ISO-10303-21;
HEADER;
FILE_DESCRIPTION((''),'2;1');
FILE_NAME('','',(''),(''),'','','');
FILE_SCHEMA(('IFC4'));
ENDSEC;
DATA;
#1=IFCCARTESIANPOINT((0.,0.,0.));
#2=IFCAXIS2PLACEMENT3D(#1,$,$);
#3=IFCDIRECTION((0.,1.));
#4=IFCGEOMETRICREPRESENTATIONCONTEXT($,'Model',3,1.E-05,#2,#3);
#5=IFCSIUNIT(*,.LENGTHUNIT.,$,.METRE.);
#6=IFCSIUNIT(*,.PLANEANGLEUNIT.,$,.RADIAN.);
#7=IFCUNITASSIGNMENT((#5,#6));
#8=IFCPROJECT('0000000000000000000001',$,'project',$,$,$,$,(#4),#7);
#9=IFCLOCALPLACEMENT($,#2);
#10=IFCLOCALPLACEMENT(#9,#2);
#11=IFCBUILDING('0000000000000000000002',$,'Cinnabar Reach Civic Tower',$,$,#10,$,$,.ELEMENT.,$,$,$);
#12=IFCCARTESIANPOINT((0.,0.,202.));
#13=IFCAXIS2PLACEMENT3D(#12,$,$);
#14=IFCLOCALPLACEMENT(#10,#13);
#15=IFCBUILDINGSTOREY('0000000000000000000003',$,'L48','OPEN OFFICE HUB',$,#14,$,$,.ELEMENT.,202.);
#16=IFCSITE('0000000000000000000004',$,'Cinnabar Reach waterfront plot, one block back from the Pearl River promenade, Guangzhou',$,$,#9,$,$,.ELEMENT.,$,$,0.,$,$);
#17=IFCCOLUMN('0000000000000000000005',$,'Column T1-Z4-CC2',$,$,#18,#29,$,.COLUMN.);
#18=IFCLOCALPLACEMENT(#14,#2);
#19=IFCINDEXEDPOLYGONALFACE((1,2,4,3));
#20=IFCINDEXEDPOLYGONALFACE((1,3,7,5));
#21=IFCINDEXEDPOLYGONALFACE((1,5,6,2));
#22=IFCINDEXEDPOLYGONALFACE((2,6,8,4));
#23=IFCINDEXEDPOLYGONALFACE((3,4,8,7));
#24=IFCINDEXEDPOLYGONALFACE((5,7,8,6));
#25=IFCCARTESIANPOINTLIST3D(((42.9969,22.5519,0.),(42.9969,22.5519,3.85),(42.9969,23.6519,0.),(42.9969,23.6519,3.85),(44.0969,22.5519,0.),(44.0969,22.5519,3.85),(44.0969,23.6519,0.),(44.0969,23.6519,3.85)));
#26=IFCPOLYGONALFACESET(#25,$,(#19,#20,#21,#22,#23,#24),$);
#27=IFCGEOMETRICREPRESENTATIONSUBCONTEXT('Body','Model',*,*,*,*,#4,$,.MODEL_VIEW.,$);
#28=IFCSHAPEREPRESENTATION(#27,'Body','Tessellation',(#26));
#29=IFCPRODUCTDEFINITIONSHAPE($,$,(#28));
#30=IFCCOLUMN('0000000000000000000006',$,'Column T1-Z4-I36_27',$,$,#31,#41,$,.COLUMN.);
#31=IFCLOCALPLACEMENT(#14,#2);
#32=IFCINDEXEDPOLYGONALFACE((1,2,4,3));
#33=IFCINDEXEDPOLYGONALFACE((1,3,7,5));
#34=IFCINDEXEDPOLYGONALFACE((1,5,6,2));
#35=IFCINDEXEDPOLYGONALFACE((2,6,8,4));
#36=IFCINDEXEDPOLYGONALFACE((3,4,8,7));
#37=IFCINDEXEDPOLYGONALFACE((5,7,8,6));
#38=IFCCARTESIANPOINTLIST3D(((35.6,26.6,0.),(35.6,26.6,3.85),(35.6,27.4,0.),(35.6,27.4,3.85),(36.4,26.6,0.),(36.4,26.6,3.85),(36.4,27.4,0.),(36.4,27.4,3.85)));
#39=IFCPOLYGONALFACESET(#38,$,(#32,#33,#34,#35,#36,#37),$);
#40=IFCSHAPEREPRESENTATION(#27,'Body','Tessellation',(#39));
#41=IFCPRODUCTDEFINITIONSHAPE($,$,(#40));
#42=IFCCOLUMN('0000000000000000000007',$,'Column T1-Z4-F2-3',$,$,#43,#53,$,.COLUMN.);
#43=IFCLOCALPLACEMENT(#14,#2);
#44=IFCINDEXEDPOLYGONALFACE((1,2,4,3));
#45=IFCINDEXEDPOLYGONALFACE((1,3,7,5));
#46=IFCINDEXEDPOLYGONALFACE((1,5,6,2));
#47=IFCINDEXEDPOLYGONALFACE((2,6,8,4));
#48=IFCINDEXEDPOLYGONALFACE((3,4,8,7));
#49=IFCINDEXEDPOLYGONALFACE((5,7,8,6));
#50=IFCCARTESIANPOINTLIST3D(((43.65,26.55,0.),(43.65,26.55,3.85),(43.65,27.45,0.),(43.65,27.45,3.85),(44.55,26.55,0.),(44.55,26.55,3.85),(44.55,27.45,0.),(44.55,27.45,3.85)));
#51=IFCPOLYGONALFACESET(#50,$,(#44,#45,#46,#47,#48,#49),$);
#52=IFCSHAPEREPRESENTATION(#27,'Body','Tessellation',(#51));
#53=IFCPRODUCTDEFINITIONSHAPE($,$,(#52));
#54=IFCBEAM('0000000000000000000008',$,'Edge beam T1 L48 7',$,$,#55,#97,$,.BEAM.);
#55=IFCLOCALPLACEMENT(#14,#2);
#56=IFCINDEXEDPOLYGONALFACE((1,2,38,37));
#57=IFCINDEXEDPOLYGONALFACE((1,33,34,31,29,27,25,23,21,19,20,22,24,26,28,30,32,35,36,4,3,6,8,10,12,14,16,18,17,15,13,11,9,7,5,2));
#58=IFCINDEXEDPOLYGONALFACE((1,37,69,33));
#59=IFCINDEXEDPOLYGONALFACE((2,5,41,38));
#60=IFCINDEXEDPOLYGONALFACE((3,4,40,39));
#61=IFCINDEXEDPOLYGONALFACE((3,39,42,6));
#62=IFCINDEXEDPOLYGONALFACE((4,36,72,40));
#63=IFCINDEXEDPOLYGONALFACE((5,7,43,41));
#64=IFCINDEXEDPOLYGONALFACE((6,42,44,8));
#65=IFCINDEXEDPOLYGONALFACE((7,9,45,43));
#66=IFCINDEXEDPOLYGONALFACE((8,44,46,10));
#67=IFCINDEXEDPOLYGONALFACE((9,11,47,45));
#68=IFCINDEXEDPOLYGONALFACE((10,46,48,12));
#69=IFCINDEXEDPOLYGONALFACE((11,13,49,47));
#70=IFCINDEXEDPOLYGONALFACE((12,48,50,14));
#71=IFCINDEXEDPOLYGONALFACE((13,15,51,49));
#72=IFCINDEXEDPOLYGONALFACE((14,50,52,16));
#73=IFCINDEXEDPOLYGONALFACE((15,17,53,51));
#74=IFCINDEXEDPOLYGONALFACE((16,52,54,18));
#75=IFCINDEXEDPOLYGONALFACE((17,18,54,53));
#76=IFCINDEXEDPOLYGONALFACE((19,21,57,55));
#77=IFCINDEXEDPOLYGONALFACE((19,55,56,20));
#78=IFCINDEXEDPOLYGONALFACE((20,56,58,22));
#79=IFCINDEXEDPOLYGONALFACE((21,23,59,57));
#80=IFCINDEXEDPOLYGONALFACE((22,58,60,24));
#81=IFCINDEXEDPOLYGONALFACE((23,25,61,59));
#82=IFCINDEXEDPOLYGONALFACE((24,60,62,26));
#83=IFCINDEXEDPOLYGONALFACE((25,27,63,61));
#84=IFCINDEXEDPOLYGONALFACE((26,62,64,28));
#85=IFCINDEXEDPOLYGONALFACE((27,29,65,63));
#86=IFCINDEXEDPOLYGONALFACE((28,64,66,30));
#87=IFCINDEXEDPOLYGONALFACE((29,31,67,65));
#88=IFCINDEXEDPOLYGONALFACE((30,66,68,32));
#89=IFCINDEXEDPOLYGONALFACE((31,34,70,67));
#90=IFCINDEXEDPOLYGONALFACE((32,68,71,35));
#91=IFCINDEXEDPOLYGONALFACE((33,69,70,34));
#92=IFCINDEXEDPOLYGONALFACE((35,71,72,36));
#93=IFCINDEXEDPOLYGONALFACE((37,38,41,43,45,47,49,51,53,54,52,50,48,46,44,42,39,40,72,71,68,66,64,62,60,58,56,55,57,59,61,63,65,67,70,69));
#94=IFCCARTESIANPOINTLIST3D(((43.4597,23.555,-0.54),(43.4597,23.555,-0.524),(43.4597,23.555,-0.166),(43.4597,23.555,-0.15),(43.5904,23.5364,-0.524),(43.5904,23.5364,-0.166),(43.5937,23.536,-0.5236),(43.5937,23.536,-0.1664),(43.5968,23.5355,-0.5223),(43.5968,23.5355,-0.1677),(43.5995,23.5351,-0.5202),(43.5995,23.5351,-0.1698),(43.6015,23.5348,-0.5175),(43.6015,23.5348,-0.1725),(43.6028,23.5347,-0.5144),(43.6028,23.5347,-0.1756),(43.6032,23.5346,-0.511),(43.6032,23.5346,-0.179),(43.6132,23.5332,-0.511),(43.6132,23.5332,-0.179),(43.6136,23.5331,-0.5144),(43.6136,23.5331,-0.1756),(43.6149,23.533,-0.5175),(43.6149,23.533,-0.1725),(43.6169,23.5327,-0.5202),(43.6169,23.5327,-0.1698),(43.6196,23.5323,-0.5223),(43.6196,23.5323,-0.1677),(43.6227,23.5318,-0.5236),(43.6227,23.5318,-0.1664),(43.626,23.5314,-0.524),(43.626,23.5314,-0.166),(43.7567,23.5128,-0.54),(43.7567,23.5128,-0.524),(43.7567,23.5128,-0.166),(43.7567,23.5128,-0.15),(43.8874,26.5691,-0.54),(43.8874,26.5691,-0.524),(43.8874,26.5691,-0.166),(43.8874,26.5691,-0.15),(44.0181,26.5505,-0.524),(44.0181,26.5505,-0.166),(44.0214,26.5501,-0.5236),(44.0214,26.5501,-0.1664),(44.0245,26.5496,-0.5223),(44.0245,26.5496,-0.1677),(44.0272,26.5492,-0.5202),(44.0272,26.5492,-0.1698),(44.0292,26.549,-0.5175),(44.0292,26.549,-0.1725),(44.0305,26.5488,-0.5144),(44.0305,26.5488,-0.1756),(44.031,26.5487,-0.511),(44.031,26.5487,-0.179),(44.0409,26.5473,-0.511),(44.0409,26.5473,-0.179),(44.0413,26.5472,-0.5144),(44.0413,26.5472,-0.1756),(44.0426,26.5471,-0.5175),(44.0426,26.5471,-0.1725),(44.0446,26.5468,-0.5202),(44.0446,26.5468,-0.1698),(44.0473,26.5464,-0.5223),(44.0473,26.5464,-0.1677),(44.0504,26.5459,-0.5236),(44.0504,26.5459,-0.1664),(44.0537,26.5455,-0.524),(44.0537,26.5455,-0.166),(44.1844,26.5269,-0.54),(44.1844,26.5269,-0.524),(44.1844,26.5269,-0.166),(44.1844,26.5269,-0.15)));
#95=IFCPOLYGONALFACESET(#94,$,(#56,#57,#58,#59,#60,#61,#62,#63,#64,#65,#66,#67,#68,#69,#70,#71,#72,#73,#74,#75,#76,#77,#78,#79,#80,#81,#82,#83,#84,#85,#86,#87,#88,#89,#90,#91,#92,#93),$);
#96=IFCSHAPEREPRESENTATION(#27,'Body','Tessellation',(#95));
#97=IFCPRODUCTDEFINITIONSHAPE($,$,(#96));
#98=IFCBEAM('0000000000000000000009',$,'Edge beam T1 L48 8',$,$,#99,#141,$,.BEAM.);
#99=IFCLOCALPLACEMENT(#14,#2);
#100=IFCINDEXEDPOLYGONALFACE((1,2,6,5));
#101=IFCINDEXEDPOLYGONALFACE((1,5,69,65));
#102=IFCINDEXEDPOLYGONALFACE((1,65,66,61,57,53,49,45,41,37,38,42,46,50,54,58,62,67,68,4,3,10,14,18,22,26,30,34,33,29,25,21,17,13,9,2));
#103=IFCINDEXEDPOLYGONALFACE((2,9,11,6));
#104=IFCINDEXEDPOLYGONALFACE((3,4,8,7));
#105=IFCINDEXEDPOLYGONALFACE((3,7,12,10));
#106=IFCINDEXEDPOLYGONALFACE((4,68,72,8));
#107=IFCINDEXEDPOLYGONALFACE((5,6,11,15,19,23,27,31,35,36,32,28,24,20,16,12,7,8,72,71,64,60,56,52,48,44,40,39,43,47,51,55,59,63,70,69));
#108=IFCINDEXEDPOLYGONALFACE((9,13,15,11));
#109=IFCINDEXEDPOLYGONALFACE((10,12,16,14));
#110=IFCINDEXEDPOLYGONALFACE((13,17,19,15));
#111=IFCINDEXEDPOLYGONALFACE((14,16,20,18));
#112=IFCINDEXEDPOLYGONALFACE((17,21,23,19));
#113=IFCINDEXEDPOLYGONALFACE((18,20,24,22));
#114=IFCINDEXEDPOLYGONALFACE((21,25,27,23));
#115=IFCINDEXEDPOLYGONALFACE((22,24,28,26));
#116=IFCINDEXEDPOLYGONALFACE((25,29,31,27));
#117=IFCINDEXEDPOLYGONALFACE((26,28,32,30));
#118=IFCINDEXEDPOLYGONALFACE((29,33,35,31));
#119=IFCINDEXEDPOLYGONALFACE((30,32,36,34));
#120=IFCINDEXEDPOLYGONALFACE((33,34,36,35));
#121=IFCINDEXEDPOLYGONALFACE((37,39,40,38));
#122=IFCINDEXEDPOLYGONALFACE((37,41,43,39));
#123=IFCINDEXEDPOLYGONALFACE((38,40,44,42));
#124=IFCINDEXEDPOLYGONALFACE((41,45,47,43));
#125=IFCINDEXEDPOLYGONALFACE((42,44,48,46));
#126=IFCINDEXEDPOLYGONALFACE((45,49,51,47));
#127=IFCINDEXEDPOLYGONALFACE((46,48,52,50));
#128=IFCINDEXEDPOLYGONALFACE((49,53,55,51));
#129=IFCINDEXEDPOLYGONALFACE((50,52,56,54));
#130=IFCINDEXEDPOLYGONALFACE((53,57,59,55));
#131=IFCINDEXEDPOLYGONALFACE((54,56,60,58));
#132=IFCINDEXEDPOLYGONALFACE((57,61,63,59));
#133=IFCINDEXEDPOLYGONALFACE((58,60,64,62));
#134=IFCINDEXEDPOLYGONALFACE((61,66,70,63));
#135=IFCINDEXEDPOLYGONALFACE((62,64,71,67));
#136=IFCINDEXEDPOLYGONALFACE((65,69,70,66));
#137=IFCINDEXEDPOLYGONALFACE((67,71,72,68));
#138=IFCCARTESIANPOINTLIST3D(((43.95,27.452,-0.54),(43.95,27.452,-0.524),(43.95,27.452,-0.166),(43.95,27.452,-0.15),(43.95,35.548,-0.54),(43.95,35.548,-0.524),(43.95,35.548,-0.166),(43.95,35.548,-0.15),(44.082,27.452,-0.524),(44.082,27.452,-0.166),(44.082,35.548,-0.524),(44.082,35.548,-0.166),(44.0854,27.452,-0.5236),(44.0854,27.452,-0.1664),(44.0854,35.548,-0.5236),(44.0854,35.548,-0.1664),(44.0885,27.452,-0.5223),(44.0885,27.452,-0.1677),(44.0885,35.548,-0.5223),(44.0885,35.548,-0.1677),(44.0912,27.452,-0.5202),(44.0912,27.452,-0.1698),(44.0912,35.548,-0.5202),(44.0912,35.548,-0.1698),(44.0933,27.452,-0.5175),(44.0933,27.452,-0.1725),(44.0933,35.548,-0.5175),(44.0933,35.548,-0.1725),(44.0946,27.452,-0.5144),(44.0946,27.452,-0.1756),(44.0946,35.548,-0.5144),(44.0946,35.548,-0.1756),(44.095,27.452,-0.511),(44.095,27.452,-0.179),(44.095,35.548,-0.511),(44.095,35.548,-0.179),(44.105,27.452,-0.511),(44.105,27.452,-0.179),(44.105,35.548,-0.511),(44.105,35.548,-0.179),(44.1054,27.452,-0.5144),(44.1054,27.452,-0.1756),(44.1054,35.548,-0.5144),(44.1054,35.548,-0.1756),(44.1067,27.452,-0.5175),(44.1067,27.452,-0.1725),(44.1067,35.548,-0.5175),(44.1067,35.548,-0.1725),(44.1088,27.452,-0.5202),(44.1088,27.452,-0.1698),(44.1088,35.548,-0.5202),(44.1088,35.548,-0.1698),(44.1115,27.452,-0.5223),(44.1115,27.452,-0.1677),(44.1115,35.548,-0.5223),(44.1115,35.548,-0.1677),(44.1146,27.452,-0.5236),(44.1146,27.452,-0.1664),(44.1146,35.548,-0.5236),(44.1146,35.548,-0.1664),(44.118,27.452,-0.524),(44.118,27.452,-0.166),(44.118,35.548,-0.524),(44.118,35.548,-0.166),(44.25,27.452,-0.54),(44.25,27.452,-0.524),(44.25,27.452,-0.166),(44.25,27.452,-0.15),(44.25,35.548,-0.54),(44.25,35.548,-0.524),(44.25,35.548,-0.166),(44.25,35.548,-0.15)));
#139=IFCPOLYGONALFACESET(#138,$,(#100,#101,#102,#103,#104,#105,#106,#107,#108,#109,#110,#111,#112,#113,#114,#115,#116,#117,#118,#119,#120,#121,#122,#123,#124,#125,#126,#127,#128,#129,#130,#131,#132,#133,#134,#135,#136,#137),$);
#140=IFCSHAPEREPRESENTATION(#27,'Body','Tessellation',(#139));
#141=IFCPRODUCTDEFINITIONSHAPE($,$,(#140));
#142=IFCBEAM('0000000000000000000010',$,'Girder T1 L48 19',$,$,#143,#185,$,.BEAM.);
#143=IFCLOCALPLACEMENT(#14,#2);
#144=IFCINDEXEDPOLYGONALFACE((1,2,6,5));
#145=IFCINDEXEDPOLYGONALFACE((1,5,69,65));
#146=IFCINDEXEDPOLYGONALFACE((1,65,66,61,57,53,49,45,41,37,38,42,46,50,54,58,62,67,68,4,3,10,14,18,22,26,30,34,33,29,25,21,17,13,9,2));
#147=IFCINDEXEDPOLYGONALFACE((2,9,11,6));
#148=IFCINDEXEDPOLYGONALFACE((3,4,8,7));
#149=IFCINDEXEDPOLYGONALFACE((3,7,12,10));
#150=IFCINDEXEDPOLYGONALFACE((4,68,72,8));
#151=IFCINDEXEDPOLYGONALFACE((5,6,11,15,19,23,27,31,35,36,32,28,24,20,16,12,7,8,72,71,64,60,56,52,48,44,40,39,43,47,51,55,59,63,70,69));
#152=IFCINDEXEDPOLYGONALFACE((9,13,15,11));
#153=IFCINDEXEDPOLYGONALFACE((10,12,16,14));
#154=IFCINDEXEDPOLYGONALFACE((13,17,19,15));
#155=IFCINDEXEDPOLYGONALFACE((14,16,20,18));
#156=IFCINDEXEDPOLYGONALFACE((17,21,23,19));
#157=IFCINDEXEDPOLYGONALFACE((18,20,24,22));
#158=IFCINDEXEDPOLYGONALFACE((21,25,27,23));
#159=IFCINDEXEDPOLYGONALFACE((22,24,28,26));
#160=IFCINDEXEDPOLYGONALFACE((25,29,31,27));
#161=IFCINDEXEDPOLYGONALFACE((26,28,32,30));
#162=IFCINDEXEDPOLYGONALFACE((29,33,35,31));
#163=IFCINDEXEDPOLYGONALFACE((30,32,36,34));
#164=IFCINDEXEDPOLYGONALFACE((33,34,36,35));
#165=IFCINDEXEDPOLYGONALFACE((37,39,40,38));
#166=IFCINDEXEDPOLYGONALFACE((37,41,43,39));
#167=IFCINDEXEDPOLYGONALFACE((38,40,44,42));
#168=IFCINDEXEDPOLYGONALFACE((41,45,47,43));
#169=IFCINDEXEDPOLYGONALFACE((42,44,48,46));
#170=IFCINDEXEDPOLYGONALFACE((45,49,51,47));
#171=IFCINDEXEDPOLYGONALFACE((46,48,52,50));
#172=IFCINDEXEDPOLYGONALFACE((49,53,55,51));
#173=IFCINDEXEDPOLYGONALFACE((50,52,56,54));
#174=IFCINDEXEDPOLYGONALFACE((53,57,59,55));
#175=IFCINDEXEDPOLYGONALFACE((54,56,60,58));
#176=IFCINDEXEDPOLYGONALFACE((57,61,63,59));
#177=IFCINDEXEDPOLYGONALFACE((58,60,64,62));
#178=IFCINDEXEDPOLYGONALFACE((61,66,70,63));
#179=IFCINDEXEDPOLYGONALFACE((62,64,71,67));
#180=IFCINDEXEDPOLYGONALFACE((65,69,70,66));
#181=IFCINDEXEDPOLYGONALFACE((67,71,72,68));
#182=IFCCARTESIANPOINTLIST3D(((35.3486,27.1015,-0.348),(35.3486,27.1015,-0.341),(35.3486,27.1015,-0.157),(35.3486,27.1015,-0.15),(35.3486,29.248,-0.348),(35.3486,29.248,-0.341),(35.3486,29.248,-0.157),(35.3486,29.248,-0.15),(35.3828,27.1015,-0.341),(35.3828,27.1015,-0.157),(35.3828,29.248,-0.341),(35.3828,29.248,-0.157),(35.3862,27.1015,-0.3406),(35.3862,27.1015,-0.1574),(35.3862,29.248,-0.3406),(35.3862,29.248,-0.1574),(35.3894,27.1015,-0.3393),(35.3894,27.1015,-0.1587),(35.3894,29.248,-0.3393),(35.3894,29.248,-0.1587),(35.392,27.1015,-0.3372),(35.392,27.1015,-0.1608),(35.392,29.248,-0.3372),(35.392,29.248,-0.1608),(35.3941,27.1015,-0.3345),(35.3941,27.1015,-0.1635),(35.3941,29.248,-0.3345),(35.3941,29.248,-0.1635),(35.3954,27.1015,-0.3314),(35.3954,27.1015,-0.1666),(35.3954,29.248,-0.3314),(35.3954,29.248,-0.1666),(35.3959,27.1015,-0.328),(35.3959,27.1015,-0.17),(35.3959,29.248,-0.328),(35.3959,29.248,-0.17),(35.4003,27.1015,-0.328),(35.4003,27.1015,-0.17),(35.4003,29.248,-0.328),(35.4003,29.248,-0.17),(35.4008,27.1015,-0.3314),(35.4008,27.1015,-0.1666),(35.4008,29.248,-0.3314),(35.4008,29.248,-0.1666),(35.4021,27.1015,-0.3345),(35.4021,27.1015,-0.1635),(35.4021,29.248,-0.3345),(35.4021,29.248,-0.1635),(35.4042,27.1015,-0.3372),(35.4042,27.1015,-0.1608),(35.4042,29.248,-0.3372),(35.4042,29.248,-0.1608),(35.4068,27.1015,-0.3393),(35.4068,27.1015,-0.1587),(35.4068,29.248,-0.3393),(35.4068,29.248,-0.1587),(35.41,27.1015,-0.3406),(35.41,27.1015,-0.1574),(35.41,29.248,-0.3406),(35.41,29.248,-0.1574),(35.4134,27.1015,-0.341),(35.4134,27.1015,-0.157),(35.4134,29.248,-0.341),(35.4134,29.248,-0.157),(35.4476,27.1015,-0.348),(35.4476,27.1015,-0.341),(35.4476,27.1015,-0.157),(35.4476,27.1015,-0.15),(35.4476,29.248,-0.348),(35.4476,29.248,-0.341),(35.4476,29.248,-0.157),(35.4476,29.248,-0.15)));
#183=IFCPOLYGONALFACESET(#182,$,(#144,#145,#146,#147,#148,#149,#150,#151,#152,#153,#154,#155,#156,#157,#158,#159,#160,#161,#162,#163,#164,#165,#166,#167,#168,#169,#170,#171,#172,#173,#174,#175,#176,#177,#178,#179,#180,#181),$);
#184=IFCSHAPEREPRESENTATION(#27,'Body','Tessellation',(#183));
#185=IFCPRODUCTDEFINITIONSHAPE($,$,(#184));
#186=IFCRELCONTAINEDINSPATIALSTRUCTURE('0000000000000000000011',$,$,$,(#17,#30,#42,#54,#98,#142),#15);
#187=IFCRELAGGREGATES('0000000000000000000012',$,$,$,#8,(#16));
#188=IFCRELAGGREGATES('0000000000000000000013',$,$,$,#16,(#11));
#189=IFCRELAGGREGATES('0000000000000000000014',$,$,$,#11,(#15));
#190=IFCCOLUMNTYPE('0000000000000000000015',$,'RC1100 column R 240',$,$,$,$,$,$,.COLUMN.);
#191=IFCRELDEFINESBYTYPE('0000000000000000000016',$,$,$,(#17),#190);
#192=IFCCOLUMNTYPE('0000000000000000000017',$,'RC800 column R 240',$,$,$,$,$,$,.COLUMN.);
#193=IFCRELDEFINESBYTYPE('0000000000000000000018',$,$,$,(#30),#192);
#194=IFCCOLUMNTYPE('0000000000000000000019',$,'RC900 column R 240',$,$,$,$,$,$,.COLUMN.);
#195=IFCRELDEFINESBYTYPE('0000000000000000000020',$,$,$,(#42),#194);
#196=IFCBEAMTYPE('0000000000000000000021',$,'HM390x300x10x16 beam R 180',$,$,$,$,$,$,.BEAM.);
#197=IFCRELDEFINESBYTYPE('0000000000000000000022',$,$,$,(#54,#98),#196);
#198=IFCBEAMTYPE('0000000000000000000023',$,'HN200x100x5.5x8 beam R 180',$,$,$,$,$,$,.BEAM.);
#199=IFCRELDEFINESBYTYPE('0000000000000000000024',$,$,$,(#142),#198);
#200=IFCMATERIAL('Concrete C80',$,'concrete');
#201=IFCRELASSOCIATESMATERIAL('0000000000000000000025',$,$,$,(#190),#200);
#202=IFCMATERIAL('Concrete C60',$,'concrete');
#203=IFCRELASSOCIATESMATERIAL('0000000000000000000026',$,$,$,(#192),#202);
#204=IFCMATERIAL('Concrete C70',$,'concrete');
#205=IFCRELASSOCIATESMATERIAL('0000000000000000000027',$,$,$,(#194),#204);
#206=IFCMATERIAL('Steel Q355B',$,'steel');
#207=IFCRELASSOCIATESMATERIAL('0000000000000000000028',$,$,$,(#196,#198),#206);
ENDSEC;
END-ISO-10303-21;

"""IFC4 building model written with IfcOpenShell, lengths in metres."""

from ifc_helpers import new_model, si_unit, direction, frame, origin, origin_2d, place, context, subcontext, project, spatial, rectangle, i_section, extrude, material, material_profile, profile_set, type_object, element, save


model = new_model("IFC4")

# Units and contexts
model_context = context("Model", 3, precision=1e-05, world=origin(), true_north=direction((0.0, 1.0)))
body_context = subcontext(model_context, "Body", "Model", "MODEL_VIEW")
ifc_project = project(units=[si_unit("LENGTHUNIT", "METRE"), si_unit("PLANEANGLEUNIT", "RADIAN")], contexts=[model_context])

# Site, building, storey
site_placement = place(None, origin())
site = spatial("IfcSite", under=ifc_project, at=site_placement, Name="Cinnabar Reach waterfront plot, one block back from the Pearl River promenade, Guangzhou", CompositionType="ELEMENT", RefElevation=0.0)
building_placement = place(site_placement, origin())
building = spatial("IfcBuilding", under=site, at=building_placement, Name="Cinnabar Reach Civic Tower", CompositionType="ELEMENT")
storey_placement = place(building_placement, frame((0.0, 0.0, 202.0)))
storey = spatial("IfcBuildingStorey", under=building, at=storey_placement, Name="L48", Description="OPEN OFFICE HUB", CompositionType="ELEMENT", Elevation=202.0)

# Columns
ifc_material_1 = material(Name="Concrete C80", Category="concrete")
ifc_material_profile_1 = material_profile(ifc_material_1, rectangle(XDim=1.1, YDim=1.1, at=origin_2d()), Name="RC1100")
ifc_profile_set_1 = profile_set([ifc_material_profile_1], Name="Concrete C80")
column_type_1 = type_object("IfcColumnType", Name="RC1100 column R 240", PredefinedType="COLUMN", material=ifc_profile_set_1)
column_1_placement = place(storey_placement, frame((43.5469, 23.1019, 0.0), z_axis=(0.0, 0.0, 1.0), x_axis=(1.0, 0.0, 0.0)))
element("IfcColumn", 1, at=column_1_placement, inside=storey, type_object=column_type_1, Name="Column T1-Z4-CC2", PredefinedType="COLUMN", context=body_context, shape_type="SweptSolid", body=[
    extrude(rectangle(XDim=1.1, YDim=1.1, at=origin_2d()), origin(), (0.0, 0.0, 1.0), 3.85),
])
ifc_material_2 = material(Name="Concrete C60", Category="concrete")
ifc_material_profile_2 = material_profile(ifc_material_2, rectangle(XDim=0.8, YDim=0.8, at=origin_2d()), Name="RC800")
ifc_profile_set_2 = profile_set([ifc_material_profile_2], Name="Concrete C60")
column_type_2 = type_object("IfcColumnType", Name="RC800 column R 240", PredefinedType="COLUMN", material=ifc_profile_set_2)
column_2_placement = place(storey_placement, frame((36.0, 27.0, 0.0), z_axis=(0.0, 0.0, 1.0), x_axis=(1.0, 0.0, 0.0)))
element("IfcColumn", 2, at=column_2_placement, inside=storey, type_object=column_type_2, Name="Column T1-Z4-I36_27", PredefinedType="COLUMN", context=body_context, shape_type="SweptSolid", body=[
    extrude(rectangle(XDim=0.8, YDim=0.8, at=origin_2d()), origin(), (0.0, 0.0, 1.0), 3.85),
])
ifc_material_3 = material(Name="Concrete C70", Category="concrete")
ifc_material_profile_3 = material_profile(ifc_material_3, rectangle(XDim=0.9, YDim=0.9, at=origin_2d()), Name="RC900")
ifc_profile_set_3 = profile_set([ifc_material_profile_3], Name="Concrete C70")
column_type_3 = type_object("IfcColumnType", Name="RC900 column R 240", PredefinedType="COLUMN", material=ifc_profile_set_3)
column_3_placement = place(storey_placement, frame((44.1, 27.0, 0.0), z_axis=(0.0, 0.0, 1.0), x_axis=(1.0, 0.0, 0.0)))
element("IfcColumn", 3, at=column_3_placement, inside=storey, type_object=column_type_3, Name="Column T1-Z4-F2-3", PredefinedType="COLUMN", context=body_context, shape_type="SweptSolid", body=[
    extrude(rectangle(XDim=0.9, YDim=0.9, at=origin_2d()), origin(), (0.0, 0.0, 1.0), 3.85),
])

# Beams
ifc_material_4 = material(Name="Steel Q355B", Category="steel")
ifc_material_profile_4 = material_profile(ifc_material_4, i_section(OverallWidth=0.3, OverallDepth=0.39, WebThickness=0.01, FlangeThickness=0.016, FilletRadius=0.013, at=origin_2d()), Name="HM390x300x10x16")
ifc_profile_set_4 = profile_set([ifc_material_profile_4], Name="Steel Q355B")
beam_type_1 = type_object("IfcBeamType", Name="HM390x300x10x16 beam R 180", PredefinedType="BEAM", material=ifc_profile_set_4)
beam_1_placement = place(storey_placement, frame((43.6082, 23.5339, -0.345), z_axis=(0.140492, 0.990082, 0.0), x_axis=(-0.990082, 0.140492, 0.0)))
element("IfcBeam", 4, at=beam_1_placement, inside=storey, type_object=beam_type_1, Name="Edge beam T1 L48 7", PredefinedType="BEAM", context=body_context, shape_type="SweptSolid", body=[
    extrude(i_section(OverallWidth=0.3, OverallDepth=0.39, WebThickness=0.01, FlangeThickness=0.016, FilletRadius=0.013, at=origin_2d()), origin(), (0.0, 0.0, 1.0), 3.0443),
])
beam_2_placement = place(storey_placement, frame((44.1, 27.452, -0.345), z_axis=(0.0, 1.0, 0.0), x_axis=(-1.0, 0.0, 0.0)))
element("IfcBeam", 5, at=beam_2_placement, inside=storey, type_object=beam_type_1, Name="Edge beam T1 L48 8", PredefinedType="BEAM", context=body_context, shape_type="SweptSolid", body=[
    extrude(i_section(OverallWidth=0.3, OverallDepth=0.39, WebThickness=0.01, FlangeThickness=0.016, FilletRadius=0.013, at=origin_2d()), origin(), (0.0, 0.0, 1.0), 8.096),
])
ifc_material_profile_5 = material_profile(ifc_material_4, i_section(OverallWidth=0.099, OverallDepth=0.198, WebThickness=0.0045, FlangeThickness=0.007, FilletRadius=0.013, at=origin_2d()), Name="HN200x100x5.5x8")
ifc_profile_set_5 = profile_set([ifc_material_profile_5], Name="Steel Q355B")
beam_type_2 = type_object("IfcBeamType", Name="HN200x100x5.5x8 beam R 180", PredefinedType="BEAM", material=ifc_profile_set_5)
beam_3_placement = place(storey_placement, frame((35.3981, 27.1015, -0.249), z_axis=(0.0, 1.0, 0.0), x_axis=(-1.0, 0.0, 0.0)))
element("IfcBeam", 6, at=beam_3_placement, inside=storey, type_object=beam_type_2, Name="Girder T1 L48 19", PredefinedType="BEAM", context=body_context, shape_type="SweptSolid", body=[
    extrude(i_section(OverallWidth=0.099, OverallDepth=0.198, WebThickness=0.0045, FlangeThickness=0.007, FilletRadius=0.013, at=origin_2d()), origin(), (0.0, 0.0, 1.0), 2.1465),
])

save(model, "model.ifc")
